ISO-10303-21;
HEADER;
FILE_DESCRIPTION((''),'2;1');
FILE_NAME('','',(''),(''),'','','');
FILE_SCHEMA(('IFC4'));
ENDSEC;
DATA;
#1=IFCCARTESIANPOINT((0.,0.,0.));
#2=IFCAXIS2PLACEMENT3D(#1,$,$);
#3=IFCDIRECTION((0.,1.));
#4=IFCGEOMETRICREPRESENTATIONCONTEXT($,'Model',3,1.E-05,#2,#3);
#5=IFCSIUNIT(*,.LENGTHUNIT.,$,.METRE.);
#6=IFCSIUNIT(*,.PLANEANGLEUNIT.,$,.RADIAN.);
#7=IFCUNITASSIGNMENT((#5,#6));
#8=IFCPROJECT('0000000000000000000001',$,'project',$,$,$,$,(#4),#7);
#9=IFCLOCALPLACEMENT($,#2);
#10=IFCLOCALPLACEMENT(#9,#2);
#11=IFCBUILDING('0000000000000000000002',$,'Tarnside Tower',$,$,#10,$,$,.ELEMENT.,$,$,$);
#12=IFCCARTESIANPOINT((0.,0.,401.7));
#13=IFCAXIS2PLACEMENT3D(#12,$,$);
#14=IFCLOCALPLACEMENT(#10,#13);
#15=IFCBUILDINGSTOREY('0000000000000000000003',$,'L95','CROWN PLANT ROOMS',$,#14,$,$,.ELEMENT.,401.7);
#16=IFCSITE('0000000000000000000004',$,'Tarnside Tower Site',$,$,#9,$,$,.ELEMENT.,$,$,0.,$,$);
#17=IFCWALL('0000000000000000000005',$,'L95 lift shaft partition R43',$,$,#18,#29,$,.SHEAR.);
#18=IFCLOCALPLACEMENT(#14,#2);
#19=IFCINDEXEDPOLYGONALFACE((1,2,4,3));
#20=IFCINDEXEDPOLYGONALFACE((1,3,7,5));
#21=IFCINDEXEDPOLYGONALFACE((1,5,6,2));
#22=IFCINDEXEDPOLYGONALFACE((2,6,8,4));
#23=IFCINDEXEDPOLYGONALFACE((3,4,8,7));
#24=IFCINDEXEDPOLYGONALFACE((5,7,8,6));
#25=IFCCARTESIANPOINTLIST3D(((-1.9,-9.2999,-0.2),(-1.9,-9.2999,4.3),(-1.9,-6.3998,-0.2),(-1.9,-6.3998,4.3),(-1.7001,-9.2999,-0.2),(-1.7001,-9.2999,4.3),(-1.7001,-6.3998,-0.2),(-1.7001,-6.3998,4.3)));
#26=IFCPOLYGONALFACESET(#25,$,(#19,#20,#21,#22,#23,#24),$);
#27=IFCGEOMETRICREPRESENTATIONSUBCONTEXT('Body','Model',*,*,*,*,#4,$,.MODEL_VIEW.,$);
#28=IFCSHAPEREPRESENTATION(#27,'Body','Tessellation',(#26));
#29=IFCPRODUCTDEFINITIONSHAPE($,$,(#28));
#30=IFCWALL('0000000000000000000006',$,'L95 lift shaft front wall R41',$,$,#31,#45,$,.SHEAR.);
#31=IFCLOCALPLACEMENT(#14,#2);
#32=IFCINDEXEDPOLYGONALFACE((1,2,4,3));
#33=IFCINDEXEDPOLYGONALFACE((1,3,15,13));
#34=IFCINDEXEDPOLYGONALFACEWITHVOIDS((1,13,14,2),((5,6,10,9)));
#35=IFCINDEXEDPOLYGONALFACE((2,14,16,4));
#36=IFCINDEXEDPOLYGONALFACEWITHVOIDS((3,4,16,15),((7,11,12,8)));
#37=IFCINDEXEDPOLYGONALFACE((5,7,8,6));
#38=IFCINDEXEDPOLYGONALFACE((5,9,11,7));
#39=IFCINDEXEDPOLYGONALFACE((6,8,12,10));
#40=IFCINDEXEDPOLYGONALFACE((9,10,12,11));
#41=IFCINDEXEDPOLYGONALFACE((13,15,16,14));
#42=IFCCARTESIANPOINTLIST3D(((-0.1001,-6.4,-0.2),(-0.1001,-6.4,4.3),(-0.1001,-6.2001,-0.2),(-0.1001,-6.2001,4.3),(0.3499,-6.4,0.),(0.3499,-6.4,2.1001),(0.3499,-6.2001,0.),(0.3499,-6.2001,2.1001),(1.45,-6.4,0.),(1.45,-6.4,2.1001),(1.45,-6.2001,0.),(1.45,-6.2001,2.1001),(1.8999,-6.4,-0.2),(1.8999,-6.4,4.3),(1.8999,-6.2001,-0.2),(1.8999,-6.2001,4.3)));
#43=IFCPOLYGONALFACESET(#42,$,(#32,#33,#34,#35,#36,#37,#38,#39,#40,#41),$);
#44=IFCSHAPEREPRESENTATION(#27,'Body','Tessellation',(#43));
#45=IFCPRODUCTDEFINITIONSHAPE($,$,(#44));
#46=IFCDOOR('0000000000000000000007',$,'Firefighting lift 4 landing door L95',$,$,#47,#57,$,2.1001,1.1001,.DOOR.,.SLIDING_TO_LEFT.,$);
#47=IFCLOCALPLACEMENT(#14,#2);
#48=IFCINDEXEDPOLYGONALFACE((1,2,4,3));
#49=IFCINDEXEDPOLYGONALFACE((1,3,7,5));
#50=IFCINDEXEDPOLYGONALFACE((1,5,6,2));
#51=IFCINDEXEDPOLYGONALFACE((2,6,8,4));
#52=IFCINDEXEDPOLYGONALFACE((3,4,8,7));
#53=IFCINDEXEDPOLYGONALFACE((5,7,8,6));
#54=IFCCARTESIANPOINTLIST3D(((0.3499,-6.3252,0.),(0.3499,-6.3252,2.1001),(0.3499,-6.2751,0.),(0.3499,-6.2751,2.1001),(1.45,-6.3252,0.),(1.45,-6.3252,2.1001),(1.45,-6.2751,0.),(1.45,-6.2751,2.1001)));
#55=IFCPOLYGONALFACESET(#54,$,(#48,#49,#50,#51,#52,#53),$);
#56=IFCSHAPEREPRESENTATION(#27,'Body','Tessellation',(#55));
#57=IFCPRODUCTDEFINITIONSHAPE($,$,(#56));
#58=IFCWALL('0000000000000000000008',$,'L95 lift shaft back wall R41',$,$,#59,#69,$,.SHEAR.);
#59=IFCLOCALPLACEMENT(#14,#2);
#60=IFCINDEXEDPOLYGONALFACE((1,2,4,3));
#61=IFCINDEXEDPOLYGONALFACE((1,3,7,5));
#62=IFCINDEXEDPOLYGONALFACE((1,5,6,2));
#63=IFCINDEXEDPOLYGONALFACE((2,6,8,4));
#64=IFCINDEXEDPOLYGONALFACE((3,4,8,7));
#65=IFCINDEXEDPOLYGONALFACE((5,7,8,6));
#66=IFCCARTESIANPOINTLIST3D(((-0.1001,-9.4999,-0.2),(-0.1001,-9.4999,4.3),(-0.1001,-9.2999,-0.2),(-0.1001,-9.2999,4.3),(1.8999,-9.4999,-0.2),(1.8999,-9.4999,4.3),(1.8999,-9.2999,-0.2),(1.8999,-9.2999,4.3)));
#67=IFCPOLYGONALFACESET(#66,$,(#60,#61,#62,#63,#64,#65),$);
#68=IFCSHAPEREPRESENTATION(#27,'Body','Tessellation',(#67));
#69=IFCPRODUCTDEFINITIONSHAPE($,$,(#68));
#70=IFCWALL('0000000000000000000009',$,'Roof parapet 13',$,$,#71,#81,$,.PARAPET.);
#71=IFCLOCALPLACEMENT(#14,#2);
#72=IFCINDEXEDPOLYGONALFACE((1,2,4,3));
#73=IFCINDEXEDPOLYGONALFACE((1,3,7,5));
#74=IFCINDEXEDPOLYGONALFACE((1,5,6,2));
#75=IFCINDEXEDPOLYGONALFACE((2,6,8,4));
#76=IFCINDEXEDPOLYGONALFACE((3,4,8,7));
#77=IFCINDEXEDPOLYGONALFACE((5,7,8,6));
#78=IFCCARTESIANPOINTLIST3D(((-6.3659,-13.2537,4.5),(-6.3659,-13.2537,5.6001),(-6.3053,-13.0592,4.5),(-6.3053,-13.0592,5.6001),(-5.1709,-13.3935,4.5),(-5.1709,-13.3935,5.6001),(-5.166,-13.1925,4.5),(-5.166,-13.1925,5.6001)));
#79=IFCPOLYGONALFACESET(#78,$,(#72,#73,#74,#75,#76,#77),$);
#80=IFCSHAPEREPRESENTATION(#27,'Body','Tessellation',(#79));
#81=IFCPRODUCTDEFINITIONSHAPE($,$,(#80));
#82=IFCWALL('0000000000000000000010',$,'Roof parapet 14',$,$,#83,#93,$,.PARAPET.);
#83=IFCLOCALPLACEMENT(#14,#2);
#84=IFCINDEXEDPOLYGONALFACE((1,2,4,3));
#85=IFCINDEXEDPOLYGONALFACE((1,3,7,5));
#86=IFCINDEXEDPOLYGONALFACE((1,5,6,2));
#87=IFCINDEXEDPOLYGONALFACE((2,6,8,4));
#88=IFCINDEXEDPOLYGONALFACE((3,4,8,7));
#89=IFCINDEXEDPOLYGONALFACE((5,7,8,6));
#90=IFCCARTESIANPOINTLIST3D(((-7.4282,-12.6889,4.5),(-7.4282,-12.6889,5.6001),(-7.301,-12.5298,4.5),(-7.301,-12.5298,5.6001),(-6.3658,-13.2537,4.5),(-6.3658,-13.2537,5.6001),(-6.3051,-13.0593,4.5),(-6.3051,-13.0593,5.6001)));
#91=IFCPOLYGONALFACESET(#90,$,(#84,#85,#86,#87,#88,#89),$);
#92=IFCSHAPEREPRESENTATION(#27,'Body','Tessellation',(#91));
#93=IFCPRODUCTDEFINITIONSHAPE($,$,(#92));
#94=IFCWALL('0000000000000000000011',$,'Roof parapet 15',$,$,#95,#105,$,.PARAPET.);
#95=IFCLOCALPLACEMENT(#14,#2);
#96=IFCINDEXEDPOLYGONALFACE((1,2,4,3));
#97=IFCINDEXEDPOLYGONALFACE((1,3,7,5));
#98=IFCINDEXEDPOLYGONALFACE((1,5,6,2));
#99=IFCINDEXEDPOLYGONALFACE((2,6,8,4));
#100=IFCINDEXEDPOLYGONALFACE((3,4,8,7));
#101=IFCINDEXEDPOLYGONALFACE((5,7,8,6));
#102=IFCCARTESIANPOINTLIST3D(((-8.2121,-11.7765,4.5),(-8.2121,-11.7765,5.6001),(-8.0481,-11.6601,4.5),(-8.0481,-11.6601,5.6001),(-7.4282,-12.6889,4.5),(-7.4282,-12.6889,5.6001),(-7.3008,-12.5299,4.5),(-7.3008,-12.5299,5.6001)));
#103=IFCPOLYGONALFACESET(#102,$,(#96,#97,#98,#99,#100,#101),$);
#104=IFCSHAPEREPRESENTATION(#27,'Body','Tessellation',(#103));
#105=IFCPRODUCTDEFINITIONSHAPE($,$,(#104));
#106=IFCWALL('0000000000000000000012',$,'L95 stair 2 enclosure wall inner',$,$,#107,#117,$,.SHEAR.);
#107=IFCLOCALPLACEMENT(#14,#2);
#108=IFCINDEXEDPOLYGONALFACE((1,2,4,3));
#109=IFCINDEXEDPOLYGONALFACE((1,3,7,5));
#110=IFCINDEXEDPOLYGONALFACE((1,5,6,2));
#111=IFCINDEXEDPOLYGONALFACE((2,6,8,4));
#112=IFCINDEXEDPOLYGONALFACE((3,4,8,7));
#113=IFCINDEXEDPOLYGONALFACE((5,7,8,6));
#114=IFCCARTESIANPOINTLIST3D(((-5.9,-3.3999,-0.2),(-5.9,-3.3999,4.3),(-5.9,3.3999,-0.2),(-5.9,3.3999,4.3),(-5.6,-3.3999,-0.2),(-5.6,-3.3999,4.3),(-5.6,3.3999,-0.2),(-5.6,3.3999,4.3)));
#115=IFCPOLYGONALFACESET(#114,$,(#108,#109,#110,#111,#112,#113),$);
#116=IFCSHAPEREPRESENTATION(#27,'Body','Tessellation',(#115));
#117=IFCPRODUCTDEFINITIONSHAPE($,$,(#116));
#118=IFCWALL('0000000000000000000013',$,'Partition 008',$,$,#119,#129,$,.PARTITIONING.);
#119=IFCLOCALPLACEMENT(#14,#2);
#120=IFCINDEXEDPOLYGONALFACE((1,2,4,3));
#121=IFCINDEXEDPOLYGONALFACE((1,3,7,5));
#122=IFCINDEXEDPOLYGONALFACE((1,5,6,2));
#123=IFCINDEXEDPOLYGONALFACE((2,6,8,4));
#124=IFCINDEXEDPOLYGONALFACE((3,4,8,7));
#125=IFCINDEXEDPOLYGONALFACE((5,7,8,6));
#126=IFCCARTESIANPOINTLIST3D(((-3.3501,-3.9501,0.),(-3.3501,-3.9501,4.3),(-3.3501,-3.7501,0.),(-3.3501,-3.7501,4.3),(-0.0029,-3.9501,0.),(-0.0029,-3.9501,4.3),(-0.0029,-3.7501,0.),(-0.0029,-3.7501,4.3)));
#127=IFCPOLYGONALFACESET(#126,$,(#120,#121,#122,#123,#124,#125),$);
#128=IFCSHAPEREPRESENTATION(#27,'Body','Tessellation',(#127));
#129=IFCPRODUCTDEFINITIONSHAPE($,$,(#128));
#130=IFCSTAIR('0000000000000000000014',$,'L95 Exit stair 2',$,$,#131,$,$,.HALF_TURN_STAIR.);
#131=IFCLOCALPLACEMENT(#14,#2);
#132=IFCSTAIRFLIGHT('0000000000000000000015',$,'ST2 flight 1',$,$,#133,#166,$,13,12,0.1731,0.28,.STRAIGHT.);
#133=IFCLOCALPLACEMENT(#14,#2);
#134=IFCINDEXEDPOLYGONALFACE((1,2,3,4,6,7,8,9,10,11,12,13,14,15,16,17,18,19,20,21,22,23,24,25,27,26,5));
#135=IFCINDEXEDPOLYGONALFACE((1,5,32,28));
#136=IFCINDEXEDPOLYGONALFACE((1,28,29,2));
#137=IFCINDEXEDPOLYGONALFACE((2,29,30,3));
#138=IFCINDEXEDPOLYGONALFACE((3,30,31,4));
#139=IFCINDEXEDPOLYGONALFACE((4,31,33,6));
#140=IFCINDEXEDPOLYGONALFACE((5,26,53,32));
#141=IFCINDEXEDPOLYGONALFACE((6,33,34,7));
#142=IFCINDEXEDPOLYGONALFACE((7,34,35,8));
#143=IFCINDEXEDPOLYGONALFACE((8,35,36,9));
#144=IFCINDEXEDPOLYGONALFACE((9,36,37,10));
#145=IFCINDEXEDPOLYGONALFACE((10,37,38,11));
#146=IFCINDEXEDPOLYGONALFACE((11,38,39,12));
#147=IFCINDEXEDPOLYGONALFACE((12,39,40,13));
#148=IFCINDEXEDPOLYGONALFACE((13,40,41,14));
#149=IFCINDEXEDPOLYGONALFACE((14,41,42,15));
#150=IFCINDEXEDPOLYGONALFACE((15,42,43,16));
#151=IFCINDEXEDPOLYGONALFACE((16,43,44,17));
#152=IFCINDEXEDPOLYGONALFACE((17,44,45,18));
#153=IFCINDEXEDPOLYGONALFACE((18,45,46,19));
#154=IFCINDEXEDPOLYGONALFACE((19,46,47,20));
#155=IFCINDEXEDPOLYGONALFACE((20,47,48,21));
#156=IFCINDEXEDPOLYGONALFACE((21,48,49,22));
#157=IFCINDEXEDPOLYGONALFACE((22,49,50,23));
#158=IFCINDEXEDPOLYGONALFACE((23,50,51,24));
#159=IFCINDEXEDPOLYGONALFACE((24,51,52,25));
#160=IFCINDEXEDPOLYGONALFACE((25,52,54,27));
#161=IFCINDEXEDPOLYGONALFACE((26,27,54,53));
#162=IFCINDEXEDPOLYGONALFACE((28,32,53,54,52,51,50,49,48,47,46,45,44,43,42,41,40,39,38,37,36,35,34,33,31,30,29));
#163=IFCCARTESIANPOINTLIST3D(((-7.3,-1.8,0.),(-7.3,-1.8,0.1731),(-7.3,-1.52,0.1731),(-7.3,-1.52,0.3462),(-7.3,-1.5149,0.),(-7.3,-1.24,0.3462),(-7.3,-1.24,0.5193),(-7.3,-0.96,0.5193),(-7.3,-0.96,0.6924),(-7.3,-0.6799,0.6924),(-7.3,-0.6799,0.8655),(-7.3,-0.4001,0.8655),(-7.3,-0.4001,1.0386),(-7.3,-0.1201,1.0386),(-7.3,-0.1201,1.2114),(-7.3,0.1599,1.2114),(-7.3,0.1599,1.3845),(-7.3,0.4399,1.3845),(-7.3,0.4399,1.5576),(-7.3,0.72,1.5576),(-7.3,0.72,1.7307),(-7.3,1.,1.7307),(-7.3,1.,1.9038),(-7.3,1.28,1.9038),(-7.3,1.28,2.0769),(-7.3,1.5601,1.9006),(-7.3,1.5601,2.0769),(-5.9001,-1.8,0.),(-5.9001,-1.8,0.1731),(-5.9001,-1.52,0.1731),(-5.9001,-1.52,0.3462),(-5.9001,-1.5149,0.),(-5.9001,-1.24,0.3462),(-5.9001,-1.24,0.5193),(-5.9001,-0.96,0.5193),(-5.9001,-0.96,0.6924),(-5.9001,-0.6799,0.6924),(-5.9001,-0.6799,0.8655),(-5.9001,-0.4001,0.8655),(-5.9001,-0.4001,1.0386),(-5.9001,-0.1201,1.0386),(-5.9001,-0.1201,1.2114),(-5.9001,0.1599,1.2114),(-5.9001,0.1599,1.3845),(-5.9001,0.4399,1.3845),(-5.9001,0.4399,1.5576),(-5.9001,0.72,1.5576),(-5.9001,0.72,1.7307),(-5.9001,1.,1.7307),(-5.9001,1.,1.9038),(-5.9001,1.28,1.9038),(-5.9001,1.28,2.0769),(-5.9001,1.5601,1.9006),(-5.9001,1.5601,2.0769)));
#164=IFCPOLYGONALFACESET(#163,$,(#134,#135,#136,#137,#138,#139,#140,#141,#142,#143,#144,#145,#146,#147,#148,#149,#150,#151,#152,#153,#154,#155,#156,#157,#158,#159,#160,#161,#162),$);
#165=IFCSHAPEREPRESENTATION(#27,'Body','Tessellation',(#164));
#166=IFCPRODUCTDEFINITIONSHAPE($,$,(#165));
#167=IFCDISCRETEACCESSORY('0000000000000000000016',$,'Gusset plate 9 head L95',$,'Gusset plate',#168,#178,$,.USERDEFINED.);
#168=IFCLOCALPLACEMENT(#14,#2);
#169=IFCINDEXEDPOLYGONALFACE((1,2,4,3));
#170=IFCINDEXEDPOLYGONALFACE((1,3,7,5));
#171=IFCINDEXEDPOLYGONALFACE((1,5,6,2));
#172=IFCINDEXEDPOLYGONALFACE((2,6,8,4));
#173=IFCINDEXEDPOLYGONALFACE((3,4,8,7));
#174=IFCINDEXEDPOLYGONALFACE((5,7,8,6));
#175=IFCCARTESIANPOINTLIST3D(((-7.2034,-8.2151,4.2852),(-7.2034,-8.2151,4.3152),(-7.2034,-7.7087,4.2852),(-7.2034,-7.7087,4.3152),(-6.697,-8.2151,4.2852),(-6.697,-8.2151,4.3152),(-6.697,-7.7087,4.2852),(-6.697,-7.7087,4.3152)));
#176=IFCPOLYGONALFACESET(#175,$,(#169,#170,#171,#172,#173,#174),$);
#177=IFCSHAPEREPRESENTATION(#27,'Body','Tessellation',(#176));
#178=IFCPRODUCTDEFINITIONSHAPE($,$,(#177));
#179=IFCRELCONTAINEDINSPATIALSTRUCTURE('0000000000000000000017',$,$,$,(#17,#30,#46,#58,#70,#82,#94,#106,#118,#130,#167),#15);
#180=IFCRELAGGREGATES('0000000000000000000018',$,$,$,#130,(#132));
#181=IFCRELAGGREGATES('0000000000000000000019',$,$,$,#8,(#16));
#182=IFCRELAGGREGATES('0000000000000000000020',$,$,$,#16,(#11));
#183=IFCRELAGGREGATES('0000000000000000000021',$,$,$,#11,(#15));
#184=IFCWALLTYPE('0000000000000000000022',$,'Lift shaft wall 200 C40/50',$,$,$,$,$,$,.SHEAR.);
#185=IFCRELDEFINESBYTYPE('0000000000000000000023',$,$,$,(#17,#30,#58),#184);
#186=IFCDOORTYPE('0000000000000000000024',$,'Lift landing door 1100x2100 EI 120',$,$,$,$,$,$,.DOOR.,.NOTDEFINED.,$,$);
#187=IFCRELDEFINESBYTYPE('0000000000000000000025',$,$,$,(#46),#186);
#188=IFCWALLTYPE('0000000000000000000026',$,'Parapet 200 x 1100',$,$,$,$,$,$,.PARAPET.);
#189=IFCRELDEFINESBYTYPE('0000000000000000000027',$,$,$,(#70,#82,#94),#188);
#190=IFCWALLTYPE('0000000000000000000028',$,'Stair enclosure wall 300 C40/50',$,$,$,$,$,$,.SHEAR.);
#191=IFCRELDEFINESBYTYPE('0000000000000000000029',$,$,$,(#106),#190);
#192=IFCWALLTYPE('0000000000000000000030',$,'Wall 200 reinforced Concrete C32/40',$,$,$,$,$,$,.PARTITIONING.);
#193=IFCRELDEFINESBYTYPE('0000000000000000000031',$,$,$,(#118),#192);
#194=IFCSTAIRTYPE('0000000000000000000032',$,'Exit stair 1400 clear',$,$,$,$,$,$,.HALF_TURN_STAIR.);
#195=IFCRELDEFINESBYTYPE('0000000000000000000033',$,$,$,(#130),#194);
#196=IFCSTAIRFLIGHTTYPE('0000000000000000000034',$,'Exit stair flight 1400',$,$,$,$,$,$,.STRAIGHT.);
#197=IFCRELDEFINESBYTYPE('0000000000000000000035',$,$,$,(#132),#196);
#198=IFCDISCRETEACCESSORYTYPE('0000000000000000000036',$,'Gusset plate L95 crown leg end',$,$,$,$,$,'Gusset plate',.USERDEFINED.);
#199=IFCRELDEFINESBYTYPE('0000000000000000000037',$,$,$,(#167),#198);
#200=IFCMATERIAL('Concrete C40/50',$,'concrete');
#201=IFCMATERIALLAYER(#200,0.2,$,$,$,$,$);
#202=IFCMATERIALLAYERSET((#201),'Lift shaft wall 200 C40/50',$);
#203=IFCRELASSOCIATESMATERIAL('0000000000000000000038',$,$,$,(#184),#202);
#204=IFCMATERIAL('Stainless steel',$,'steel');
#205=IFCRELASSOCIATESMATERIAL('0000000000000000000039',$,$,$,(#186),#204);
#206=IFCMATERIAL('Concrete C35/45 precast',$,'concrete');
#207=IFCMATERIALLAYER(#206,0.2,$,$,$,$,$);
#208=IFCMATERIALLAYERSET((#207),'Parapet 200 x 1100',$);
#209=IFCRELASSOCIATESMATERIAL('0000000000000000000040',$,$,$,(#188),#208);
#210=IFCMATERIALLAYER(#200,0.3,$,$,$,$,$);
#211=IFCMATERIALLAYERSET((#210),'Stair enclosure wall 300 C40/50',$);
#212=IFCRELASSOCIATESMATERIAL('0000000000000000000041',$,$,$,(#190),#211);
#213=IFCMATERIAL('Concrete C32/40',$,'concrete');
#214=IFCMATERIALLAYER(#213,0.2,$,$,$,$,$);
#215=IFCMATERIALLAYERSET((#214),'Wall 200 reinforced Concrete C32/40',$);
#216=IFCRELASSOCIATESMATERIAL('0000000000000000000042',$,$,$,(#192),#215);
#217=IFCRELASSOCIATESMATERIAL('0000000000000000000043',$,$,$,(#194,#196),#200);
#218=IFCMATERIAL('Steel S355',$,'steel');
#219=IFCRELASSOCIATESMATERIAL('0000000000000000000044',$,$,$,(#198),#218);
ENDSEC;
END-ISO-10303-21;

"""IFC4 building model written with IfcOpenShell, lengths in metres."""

from ifc_helpers import new_model, si_unit, direction, frame, frame_2d, origin, origin_2d, place, context, subcontext, project, spatial, polyline, rectangle, outline, extrude, material, layer, layer_set, type_object, element, fill, aggregate, save


model = new_model("IFC4")

# Units and contexts
model_context = context("Model", 3, precision=1e-05, world=origin(), true_north=direction((0.0, 1.0)))
body_context = subcontext(model_context, "Body", "Model", "MODEL_VIEW")
ifc_project = project(units=[si_unit("LENGTHUNIT", "METRE"), si_unit("PLANEANGLEUNIT", "RADIAN")], contexts=[model_context])

# Site, building, storey
site_placement = place(None, origin())
site = spatial("IfcSite", under=ifc_project, at=site_placement, Name="Tarnside Tower Site", CompositionType="ELEMENT", RefElevation=0.0)
building_placement = place(site_placement, origin())
building = spatial("IfcBuilding", under=site, at=building_placement, Name="Tarnside Tower", CompositionType="ELEMENT")
storey_placement = place(building_placement, frame((0.0, 0.0, 401.7)))
storey = spatial("IfcBuildingStorey", under=building, at=storey_placement, Name="L95", Description="CROWN PLANT ROOMS", CompositionType="ELEMENT", Elevation=401.7)

# Shared definitions
ifc_material_1 = material(Name="Steel S355", Category="steel")

# Shared definitions
ifc_material_2 = material(Name="Concrete C40/50", Category="concrete")
ifc_layer_1 = layer(ifc_material_2, 0.2)
ifc_layer_set_1 = layer_set([ifc_layer_1], Name="Lift shaft wall 200 C40/50")
wall_type_1 = type_object("IfcWallType", Name="Lift shaft wall 200 C40/50", PredefinedType="SHEAR", material=ifc_layer_set_1)
ifc_material_3 = material(Name="Stainless steel", Category="steel")
door_type = type_object("IfcDoorType", Name="Lift landing door 1100x2100 EI 120", OperationType="NOTDEFINED", PredefinedType="DOOR", material=ifc_material_3)

# Wall
for number, where, z_axis, x_axis, name in (
    (1, (-1.8, -9.3, -0.2), (0.0, 0.0, 1.0), (0.0, 1.0, 0.0), "L95 lift shaft partition R43"),
):
    element("IfcWall", number, at=place(storey_placement, frame(where, z_axis=z_axis, x_axis=x_axis)), inside=storey, type_object=wall_type_1, Name=name, PredefinedType="SHEAR", context=body_context, shape_type="SweptSolid", body=[
        extrude(rectangle(XDim=2.9001, YDim=0.2, at=frame_2d((1.4502, 0.0))), origin(), (0.0, 0.0, 1.0), 4.5),
    ])

# Wall, opening, door
wall_1_placement = place(storey_placement, frame((-0.1001, -6.3, -0.2), z_axis=(0.0, 0.0, 1.0), x_axis=(1.0, 0.0, 0.0)))
wall_1 = element("IfcWall", 2, at=wall_1_placement, inside=storey, type_object=wall_type_1, Name="L95 lift shaft front wall R41", PredefinedType="SHEAR", context=body_context, shape_type="SweptSolid", body=[
    extrude(rectangle(XDim=2.0, YDim=0.2, at=frame_2d((1.0, 0.0))), origin(), (0.0, 0.0, 1.0), 4.5),
])
opening_1_placement = place(wall_1_placement, frame((0.45, 0.0, 0.2)))
opening_1 = element("IfcOpeningElement", 3, at=opening_1_placement, cuts=wall_1, PredefinedType="OPENING", context=body_context, shape_type="SweptSolid", body=[
    extrude(rectangle(XDim=1.1001, YDim=2.1001, at=frame_2d((0.55, 1.05))), frame((0.0, 0.1099, 0.0), z_axis=(0.0, -1.0, 0.0), x_axis=(1.0, 0.0, 0.0)), (0.0, 0.0, 1.0), 0.22),
])
door_1_placement = place(opening_1_placement, origin())
door_1 = element("IfcDoor", 4, at=door_1_placement, inside=storey, type_object=door_type, Name="Firefighting lift 4 landing door L95", OperationType="SLIDING_TO_LEFT", OverallHeight=2.1001, OverallWidth=1.1001, PredefinedType="DOOR", context=body_context, shape_type="SweptSolid", body=[
    extrude(rectangle(XDim=1.1001, YDim=2.1001, at=frame_2d((0.55, 1.05))), frame((0.0, 0.0249, 0.0), z_axis=(0.0, -1.0, 0.0), x_axis=(1.0, 0.0, 0.0)), (0.0, 0.0, 1.0), 0.05),
])
fill(opening_1, door_1)

# Walls
wall_2_placement = place(storey_placement, frame((-0.1001, -9.3999, -0.2), z_axis=(0.0, 0.0, 1.0), x_axis=(1.0, 0.0, 0.0)))
element("IfcWall", 5, at=wall_2_placement, inside=storey, type_object=wall_type_1, Name="L95 lift shaft back wall R41", PredefinedType="SHEAR", context=body_context, shape_type="SweptSolid", body=[
    extrude(rectangle(XDim=2.0, YDim=0.2, at=frame_2d((1.0, 0.0))), origin(), (0.0, 0.0, 1.0), 4.5),
])
ifc_material_4 = material(Name="Concrete C35/45 precast", Category="concrete")
ifc_layer_2 = layer(ifc_material_4, 0.2)
ifc_layer_set_2 = layer_set([ifc_layer_2], Name="Parapet 200 x 1100")
wall_type_2 = type_object("IfcWallType", Name="Parapet 200 x 1100", PredefinedType="PARAPET", material=ifc_layer_set_2)
wall_3_placement = place(storey_placement, frame((-5.1685, -13.293, 4.5), z_axis=(0.0, 0.0, 1.0), x_axis=(-0.993231, 0.116154, 0.0)))
element("IfcWall", 6, at=wall_3_placement, inside=storey, type_object=wall_type_2, Name="Roof parapet 13", PredefinedType="PARAPET", context=body_context, shape_type="SweptSolid", body=[
    extrude(outline(polyline([(0.0093, -0.1001), (1.1562, -0.1001), (1.1938, 0.1001), (-0.0093, 0.1001), (0.0093, -0.1001)])), origin(), (0.0, 0.0, 1.0), 1.1001),
])
wall_4_placement = place(storey_placement, frame((-6.3354, -13.1565, 4.5), z_axis=(0.0, 0.0, 1.0), x_axis=(-0.882961, 0.469446, 0.0)))
element("IfcWall", 7, at=wall_4_placement, inside=storey, type_object=wall_type_2, Name="Roof parapet 14", PredefinedType="PARAPET", context=body_context, shape_type="SweptSolid", body=[
    extrude(outline(polyline([(0.0188, -0.1001), (1.1467, -0.1001), (1.1843, 0.1001), (-0.0188, 0.1001), (0.0188, -0.1001)])), origin(), (0.0, 0.0, 1.0), 1.1001),
])
wall_5_placement = place(storey_placement, frame((-7.3645, -12.6094, 4.5), z_axis=(0.0, 0.0, 1.0), x_axis=(-0.651681, 0.758493, 0.0)))
element("IfcWall", 8, at=wall_5_placement, inside=storey, type_object=wall_type_2, Name="Roof parapet 15", PredefinedType="PARAPET", context=body_context, shape_type="SweptSolid", body=[
    extrude(outline(polyline([(0.0188, -0.1001), (1.1655, -0.1001), (1.1841, 0.1001), (-0.0188, 0.1001), (0.0188, -0.1001)])), origin(), (0.0, 0.0, 1.0), 1.1001),
])
ifc_layer_3 = layer(ifc_material_2, 0.3)
ifc_layer_set_3 = layer_set([ifc_layer_3], Name="Stair enclosure wall 300 C40/50")
wall_type_3 = type_object("IfcWallType", Name="Stair enclosure wall 300 C40/50", PredefinedType="SHEAR", material=ifc_layer_set_3)
wall_6_placement = place(storey_placement, frame((-5.75, -3.3999, -0.2), z_axis=(0.0, 0.0, 1.0), x_axis=(0.0, 1.0, 0.0)))
element("IfcWall", 9, at=wall_6_placement, inside=storey, type_object=wall_type_3, Name="L95 stair 2 enclosure wall inner", PredefinedType="SHEAR", context=body_context, shape_type="SweptSolid", body=[
    extrude(rectangle(XDim=6.7998, YDim=0.3, at=frame_2d((3.3999, 0.0))), origin(), (0.0, 0.0, 1.0), 4.5),
])
ifc_material_5 = material(Name="Concrete C32/40", Category="concrete")
ifc_layer_4 = layer(ifc_material_5, 0.2)
ifc_layer_set_4 = layer_set([ifc_layer_4], Name="Wall 200 reinforced Concrete C32/40")
wall_type_4 = type_object("IfcWallType", Name="Wall 200 reinforced Concrete C32/40", PredefinedType="PARTITIONING", material=ifc_layer_set_4)
wall_7_placement = place(storey_placement, frame((-0.0029, -3.8501, 0.0), z_axis=(0.0, 0.0, 1.0), x_axis=(-1.0, 0.0, 0.0)))
element("IfcWall", 10, at=wall_7_placement, inside=storey, type_object=wall_type_4, Name="Partition 008", PredefinedType="PARTITIONING", context=body_context, shape_type="SweptSolid", body=[
    extrude(rectangle(XDim=3.3472, YDim=0.2, at=frame_2d((1.6736, 0.0))), origin(), (0.0, 0.0, 1.0), 4.3),
])

# Stair, stair flight
stair_type = type_object("IfcStairType", Name="Exit stair 1400 clear", PredefinedType="HALF_TURN_STAIR", material=ifc_material_2)
stair_placement = place(storey_placement, origin())
stair = element("IfcStair", 11, at=stair_placement, inside=storey, type_object=stair_type, Name="L95 Exit stair 2", PredefinedType="HALF_TURN_STAIR")
stair_flight_type = type_object("IfcStairFlightType", Name="Exit stair flight 1400", PredefinedType="STRAIGHT", material=ifc_material_2)
stair_flight_placement = place(storey_placement, frame((-6.6001, -1.8, 0.0), z_axis=(0.0, 0.0, 1.0), x_axis=(0.0, 1.0, 0.0)))
stair_flight = element("IfcStairFlight", 12, at=stair_flight_placement, type_object=stair_flight_type, Name="ST2 flight 1", NumberOfRisers=13, NumberOfTreads=12, PredefinedType="STRAIGHT", RiserHeight=0.1731, TreadLength=0.28, context=body_context, shape_type="SweptSolid", body=[
    extrude(outline(polyline([(0.0, 0.0), (0.0, 0.1731), (0.28, 0.1731), (0.28, 0.3462), (0.5601, 0.3462), (0.5601, 0.5193), (0.8401, 0.5193), (0.8401, 0.6924), (1.1201, 0.6924), (1.1201, 0.8655), (1.3999, 0.8655), (1.3999, 1.0386), (1.6799, 1.0386), (1.6799, 1.2114), (1.96, 1.2114), (1.96, 1.3845), (2.24, 1.3845), (2.24, 1.5576), (2.52, 1.5576), (2.52, 1.7307), (2.8, 1.7307), (2.8, 1.9038), (3.0801, 1.9038), (3.0801, 2.0769), (3.3601, 2.0769), (3.3601, 2.25), (3.3601, 1.9006), (0.2852, 0.0), (0.0, 0.0)])), frame((0.0, 0.7, 0.0), z_axis=(0.0, -1.0, 0.0), x_axis=(1.0, 0.0, 0.0)), (0.0, 0.0, 1.0), 1.3999),
])
aggregate(stair, [stair_flight])

# Discrete accessory
discrete_accessory_type = type_object("IfcDiscreteAccessoryType", Name="Gusset plate L95 crown leg end", ElementType="Gusset plate", PredefinedType="USERDEFINED", material=ifc_material_1)
for number, where, z_axis, x_axis, name in (
    (13, (-6.9502, -7.9619, 4.2852), (0.0, 0.0, 1.0), (1.0, 0.0, 0.0), "Gusset plate 9 head L95"),
):
    element("IfcDiscreteAccessory", number, at=place(storey_placement, frame(where, z_axis=z_axis, x_axis=x_axis)), inside=storey, type_object=discrete_accessory_type, Name=name, ObjectType="Gusset plate", PredefinedType="USERDEFINED", context=body_context, shape_type="SweptSolid", body=[
        extrude(rectangle(XDim=0.5063, YDim=0.5063, at=origin_2d()), origin(), (0.0, 0.0, 1.0), 0.03),
    ])

save(model, "model.ifc")
